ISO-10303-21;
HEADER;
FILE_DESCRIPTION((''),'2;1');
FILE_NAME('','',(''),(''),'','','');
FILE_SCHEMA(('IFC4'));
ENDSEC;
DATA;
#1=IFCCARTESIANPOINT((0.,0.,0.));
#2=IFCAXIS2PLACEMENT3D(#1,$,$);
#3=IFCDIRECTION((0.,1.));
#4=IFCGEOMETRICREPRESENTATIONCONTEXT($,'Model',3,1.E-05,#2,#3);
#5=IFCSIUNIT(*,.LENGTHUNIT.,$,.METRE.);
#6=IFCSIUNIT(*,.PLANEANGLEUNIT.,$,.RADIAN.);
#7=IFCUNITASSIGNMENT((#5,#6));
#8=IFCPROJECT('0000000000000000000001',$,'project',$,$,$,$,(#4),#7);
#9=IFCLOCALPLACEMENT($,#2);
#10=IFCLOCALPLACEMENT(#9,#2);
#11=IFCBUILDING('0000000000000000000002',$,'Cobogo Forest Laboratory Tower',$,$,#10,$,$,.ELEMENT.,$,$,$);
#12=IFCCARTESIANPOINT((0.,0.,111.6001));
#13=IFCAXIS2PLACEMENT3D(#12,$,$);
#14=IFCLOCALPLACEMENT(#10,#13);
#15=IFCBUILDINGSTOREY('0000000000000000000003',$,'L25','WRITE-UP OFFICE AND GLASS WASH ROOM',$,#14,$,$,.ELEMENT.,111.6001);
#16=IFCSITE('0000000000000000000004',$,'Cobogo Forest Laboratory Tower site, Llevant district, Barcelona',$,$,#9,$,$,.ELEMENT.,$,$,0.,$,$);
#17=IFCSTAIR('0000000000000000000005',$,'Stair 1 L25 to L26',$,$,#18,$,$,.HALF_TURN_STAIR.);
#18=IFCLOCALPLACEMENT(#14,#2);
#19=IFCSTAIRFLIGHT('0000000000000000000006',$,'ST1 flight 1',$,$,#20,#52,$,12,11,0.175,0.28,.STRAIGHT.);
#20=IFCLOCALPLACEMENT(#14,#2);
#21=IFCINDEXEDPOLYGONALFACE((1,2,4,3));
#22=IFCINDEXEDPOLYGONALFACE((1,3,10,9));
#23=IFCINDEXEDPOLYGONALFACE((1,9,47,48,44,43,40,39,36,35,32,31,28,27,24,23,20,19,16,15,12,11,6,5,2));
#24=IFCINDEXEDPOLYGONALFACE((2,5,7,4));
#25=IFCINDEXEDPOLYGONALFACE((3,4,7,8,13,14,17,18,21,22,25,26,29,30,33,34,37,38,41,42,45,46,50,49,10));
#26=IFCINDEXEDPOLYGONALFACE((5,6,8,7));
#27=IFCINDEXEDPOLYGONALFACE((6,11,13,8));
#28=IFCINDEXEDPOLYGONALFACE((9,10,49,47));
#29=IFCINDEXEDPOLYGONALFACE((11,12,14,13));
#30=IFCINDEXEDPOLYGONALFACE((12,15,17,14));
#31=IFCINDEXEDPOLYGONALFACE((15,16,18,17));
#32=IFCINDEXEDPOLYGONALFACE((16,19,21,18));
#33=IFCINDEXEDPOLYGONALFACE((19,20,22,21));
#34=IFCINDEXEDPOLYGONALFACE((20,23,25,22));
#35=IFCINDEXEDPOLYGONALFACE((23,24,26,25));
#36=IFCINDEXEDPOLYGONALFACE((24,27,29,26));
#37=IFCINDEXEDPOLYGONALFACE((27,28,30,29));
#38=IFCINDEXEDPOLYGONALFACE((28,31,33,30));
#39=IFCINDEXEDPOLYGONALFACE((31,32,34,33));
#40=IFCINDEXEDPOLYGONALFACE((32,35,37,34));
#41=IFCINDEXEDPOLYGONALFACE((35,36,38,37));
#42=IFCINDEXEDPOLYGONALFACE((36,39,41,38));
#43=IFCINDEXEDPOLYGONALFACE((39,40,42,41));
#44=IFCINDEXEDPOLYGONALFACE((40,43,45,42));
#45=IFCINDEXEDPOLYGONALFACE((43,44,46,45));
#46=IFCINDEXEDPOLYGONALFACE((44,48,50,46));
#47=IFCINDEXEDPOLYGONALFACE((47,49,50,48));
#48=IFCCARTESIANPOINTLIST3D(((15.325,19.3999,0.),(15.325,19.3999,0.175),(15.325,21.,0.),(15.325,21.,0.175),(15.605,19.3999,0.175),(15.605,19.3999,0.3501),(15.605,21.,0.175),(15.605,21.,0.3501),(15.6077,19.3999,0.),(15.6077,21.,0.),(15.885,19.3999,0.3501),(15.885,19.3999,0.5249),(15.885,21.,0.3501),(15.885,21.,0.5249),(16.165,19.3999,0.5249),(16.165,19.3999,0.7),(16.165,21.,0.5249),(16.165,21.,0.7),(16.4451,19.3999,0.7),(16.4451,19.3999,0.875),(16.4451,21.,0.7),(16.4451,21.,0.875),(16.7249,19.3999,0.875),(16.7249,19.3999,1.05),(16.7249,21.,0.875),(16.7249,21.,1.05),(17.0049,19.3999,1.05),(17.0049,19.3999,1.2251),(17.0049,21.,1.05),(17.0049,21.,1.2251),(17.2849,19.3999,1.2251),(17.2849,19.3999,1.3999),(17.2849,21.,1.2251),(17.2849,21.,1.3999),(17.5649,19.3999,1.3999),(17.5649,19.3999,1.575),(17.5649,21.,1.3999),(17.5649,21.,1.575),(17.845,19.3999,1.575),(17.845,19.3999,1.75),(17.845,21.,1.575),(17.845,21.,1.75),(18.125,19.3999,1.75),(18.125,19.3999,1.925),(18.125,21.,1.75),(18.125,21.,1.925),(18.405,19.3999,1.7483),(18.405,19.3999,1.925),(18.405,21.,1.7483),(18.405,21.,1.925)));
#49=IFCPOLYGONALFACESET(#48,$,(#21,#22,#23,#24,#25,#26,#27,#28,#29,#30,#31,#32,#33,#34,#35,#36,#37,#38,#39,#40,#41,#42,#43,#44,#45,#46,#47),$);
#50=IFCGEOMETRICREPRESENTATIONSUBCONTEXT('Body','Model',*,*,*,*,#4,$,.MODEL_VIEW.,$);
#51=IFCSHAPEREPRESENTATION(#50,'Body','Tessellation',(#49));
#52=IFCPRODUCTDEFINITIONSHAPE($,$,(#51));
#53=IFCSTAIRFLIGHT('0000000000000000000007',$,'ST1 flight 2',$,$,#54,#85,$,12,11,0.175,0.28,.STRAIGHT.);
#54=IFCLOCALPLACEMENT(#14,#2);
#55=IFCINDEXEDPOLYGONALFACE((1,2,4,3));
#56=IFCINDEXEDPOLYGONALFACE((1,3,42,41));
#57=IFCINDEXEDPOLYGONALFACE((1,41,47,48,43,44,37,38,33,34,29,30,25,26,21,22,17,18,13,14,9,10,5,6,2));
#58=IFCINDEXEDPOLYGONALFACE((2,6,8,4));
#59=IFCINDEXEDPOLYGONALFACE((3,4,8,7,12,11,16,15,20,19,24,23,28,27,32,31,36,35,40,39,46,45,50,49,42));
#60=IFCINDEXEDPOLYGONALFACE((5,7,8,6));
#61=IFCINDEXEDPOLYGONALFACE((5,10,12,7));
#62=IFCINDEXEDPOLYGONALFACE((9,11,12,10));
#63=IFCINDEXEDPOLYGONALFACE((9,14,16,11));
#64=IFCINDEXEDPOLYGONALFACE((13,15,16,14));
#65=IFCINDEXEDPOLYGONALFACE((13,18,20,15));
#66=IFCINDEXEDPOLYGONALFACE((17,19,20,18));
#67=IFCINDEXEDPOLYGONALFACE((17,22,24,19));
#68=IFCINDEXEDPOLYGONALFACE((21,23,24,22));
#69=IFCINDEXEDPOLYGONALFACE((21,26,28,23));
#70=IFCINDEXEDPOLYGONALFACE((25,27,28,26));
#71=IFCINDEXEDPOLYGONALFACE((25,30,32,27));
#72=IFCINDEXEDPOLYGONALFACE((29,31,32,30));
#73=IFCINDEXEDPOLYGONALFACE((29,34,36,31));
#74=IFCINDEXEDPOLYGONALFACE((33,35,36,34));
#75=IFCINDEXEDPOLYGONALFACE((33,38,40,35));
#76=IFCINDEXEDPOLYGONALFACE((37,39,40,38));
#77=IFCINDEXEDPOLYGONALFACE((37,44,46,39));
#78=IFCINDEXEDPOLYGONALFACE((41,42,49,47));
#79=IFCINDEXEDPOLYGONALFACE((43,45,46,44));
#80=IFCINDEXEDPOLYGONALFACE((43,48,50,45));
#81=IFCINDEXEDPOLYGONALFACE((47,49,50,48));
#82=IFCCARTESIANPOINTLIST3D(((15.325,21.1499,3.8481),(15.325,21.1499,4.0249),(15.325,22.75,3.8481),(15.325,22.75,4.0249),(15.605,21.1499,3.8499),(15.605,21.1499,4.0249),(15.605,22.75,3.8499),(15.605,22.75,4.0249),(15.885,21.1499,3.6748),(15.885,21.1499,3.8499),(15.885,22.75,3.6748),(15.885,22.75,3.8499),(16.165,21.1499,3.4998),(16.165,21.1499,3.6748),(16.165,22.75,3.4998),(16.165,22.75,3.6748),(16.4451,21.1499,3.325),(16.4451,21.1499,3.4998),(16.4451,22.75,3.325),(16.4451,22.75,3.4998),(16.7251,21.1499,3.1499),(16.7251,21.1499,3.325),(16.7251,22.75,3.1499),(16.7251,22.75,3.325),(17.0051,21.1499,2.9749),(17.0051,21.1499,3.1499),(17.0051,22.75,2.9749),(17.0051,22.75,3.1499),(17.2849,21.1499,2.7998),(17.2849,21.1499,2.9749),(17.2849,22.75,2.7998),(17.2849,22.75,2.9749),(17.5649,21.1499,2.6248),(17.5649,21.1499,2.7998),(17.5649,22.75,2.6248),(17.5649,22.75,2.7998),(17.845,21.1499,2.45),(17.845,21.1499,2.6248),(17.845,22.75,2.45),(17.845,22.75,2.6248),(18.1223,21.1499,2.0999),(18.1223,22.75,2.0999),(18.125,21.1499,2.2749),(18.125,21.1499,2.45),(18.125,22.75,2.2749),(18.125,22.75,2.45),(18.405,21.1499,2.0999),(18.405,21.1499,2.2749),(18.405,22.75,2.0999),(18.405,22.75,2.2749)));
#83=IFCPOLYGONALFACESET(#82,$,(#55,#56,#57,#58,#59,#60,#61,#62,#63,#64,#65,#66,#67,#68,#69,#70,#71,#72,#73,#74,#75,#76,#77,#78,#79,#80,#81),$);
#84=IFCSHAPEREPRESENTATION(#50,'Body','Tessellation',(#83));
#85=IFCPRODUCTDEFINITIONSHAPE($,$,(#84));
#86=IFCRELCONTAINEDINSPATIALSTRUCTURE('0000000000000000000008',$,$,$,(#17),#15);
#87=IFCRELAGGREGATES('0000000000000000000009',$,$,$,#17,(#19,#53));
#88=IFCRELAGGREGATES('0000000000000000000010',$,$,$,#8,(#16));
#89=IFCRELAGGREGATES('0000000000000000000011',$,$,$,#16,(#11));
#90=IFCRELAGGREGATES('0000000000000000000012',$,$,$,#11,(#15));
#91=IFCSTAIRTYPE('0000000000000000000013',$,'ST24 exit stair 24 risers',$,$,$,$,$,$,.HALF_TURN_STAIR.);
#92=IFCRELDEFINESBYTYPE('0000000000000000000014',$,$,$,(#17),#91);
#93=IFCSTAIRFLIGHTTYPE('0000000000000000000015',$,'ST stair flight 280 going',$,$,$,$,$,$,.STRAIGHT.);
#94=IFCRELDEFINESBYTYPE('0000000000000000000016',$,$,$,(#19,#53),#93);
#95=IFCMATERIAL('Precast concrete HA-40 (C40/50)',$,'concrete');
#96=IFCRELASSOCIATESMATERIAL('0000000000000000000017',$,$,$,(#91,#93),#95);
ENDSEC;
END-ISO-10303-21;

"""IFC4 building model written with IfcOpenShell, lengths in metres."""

from ifc_helpers import new_model, si_unit, direction, frame, origin, place, context, subcontext, project, spatial, polyline, outline, extrude, material, type_object, element, aggregate, save


model = new_model("IFC4")

# Units and contexts
model_context = context("Model", 3, precision=1e-05, world=origin(), true_north=direction((0.0, 1.0)))
body_context = subcontext(model_context, "Body", "Model", "MODEL_VIEW")
ifc_project = project(units=[si_unit("LENGTHUNIT", "METRE"), si_unit("PLANEANGLEUNIT", "RADIAN")], contexts=[model_context])

# Site, building, storey
site_placement = place(None, origin())
site = spatial("IfcSite", under=ifc_project, at=site_placement, Name="Cobogo Forest Laboratory Tower site, Llevant district, Barcelona", CompositionType="ELEMENT", RefElevation=0.0)
building_placement = place(site_placement, origin())
building = spatial("IfcBuilding", under=site, at=building_placement, Name="Cobogo Forest Laboratory Tower", CompositionType="ELEMENT")
storey_placement = place(building_placement, frame((0.0, 0.0, 111.6001)))
storey = spatial("IfcBuildingStorey", under=building, at=storey_placement, Name="L25", Description="WRITE-UP OFFICE AND GLASS WASH ROOM", CompositionType="ELEMENT", Elevation=111.6001)

# Stair, stair flights
ifc_material_1 = material(Name="Precast concrete HA-40 (C40/50)", Category="concrete")
stair_type = type_object("IfcStairType", Name="ST24 exit stair 24 risers", PredefinedType="HALF_TURN_STAIR", material=ifc_material_1)
stair_placement = place(storey_placement, origin())
stair = element("IfcStair", 1, at=stair_placement, inside=storey, type_object=stair_type, Name="Stair 1 L25 to L26", PredefinedType="HALF_TURN_STAIR")
stair_flight_type = type_object("IfcStairFlightType", Name="ST stair flight 280 going", PredefinedType="STRAIGHT", material=ifc_material_1)
stair_flight_1_placement = place(storey_placement, frame((15.325, 20.2, 0.0), z_axis=(0.0, 0.0, 1.0), x_axis=(1.0, 0.0, 0.0)))
stair_flight_1 = element("IfcStairFlight", 2, at=stair_flight_1_placement, type_object=stair_flight_type, Name="ST1 flight 1", NumberOfRisers=12, NumberOfTreads=11, PredefinedType="STRAIGHT", RiserHeight=0.175, TreadLength=0.28, context=body_context, shape_type="SweptSolid", body=[
    extrude(outline(polyline([(0.0, 0.0), (0.0, 0.175), (0.28, 0.175), (0.28, 0.3501), (0.5601, 0.3501), (0.5601, 0.5249), (0.8401, 0.5249), (0.8401, 0.7), (1.1201, 0.7), (1.1201, 0.875), (1.3999, 0.875), (1.3999, 1.05), (1.6799, 1.05), (1.6799, 1.2251), (1.96, 1.2251), (1.96, 1.3999), (2.24, 1.3999), (2.24, 1.575), (2.52, 1.575), (2.52, 1.75), (2.8, 1.75), (2.8, 1.925), (3.0801, 1.925), (3.0801, 2.1001), (3.0801, 1.7483), (0.2827, 0.0), (0.0, 0.0)])), frame((0.0, 0.8, 0.0), z_axis=(0.0, -1.0, 0.0), x_axis=(1.0, 0.0, 0.0)), (0.0, 0.0, 1.0), 1.6001),
])
stair_flight_2_placement = place(storey_placement, frame((18.405, 21.95, 2.0999), z_axis=(0.0, 0.0, 1.0), x_axis=(-1.0, 0.0, 0.0)))
stair_flight_2 = element("IfcStairFlight", 3, at=stair_flight_2_placement, type_object=stair_flight_type, Name="ST1 flight 2", NumberOfRisers=12, NumberOfTreads=11, PredefinedType="STRAIGHT", RiserHeight=0.175, TreadLength=0.28, context=body_context, shape_type="SweptSolid", body=[
    extrude(outline(polyline([(0.0, 0.0), (0.0, 0.175), (0.28, 0.175), (0.28, 0.3501), (0.5601, 0.3501), (0.5601, 0.5249), (0.8401, 0.5249), (0.8401, 0.7), (1.1201, 0.7), (1.1201, 0.875), (1.3999, 0.875), (1.3999, 1.05), (1.6799, 1.05), (1.6799, 1.2251), (1.96, 1.2251), (1.96, 1.3999), (2.24, 1.3999), (2.24, 1.575), (2.52, 1.575), (2.52, 1.75), (2.8, 1.75), (2.8, 1.925), (3.0801, 1.925), (3.0801, 2.1001), (3.0801, 1.7483), (0.2827, 0.0), (0.0, 0.0)])), frame((0.0, 0.8, 0.0), z_axis=(0.0, -1.0, 0.0), x_axis=(1.0, 0.0, 0.0)), (0.0, 0.0, 1.0), 1.6001),
])
aggregate(stair, [stair_flight_1, stair_flight_2])

save(model, "model.ifc")
